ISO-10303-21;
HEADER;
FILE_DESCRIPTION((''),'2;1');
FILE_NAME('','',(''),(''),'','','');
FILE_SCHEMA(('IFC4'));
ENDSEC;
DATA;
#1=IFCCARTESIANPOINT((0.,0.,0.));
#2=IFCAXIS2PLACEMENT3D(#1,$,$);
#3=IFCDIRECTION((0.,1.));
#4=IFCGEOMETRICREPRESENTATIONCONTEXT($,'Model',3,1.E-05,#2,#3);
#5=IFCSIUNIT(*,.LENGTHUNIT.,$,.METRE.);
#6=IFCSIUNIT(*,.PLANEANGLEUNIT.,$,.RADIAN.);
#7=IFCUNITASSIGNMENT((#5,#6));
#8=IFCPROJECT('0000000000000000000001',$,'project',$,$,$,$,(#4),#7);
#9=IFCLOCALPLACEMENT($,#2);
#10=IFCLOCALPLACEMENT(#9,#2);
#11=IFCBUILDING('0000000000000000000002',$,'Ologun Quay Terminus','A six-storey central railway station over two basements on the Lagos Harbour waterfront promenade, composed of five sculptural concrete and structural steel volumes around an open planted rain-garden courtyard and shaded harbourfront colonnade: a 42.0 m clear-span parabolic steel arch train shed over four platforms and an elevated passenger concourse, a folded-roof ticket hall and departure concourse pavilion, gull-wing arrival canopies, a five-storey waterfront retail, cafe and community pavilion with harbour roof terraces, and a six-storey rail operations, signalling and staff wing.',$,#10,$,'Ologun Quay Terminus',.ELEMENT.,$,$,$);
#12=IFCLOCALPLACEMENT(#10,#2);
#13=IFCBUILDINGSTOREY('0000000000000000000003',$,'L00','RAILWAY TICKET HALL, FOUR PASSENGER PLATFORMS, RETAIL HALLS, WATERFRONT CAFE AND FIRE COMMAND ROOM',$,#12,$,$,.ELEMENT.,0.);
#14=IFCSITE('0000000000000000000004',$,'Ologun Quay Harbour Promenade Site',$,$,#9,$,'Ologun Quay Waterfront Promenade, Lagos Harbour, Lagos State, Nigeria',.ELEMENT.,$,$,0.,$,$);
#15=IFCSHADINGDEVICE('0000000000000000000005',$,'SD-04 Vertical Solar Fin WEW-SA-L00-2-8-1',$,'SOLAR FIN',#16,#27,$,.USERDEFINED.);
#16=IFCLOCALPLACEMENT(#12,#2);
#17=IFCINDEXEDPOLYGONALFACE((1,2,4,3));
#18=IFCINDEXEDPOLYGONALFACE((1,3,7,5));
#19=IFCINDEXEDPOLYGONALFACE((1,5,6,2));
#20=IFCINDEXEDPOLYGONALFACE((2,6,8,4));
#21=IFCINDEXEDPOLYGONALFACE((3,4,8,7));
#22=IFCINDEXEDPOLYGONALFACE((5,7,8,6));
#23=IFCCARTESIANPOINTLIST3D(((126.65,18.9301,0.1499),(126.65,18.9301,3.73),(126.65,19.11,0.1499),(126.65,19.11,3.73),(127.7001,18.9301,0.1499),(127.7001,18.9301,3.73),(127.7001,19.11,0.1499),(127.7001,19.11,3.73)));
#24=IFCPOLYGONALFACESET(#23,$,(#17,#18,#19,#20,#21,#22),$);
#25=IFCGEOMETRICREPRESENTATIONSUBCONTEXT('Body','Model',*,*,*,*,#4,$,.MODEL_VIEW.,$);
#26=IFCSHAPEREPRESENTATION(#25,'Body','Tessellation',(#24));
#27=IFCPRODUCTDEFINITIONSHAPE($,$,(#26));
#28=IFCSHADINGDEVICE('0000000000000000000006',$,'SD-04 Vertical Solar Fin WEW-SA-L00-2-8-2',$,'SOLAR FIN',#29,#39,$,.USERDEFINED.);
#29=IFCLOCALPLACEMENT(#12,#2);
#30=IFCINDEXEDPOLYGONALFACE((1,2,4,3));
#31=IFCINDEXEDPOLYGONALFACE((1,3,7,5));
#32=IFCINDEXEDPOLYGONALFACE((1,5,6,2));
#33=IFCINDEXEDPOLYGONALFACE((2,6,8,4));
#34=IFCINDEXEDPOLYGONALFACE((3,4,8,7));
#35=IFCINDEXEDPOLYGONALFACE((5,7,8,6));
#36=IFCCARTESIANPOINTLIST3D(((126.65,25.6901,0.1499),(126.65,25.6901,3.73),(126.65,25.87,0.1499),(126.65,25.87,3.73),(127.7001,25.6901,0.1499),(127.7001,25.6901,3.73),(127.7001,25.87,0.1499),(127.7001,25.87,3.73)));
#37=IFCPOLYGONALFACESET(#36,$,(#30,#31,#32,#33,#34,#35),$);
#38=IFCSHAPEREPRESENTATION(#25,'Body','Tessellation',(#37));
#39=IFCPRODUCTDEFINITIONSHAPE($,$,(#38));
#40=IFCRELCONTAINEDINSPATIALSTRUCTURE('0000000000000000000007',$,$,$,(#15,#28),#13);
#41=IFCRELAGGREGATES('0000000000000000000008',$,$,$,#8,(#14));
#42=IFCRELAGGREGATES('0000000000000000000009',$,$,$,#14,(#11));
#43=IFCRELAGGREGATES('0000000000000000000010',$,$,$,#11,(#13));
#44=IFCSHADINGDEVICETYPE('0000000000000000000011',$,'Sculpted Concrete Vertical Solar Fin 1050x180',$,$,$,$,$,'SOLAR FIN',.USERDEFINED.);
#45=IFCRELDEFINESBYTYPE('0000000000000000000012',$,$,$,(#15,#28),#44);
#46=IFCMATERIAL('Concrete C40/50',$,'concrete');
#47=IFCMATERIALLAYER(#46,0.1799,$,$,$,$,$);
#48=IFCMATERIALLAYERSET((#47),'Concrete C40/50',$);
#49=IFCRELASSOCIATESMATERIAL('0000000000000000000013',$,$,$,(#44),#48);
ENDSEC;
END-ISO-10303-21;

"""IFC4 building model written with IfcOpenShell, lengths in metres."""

from ifc_helpers import new_model, si_unit, direction, frame, origin, origin_2d, place, context, subcontext, project, spatial, rectangle, extrude, material, layer, layer_set, type_object, element, save


model = new_model("IFC4")

# Units and contexts
model_context = context("Model", 3, precision=1e-05, world=origin(), true_north=direction((0.0, 1.0)))
body_context = subcontext(model_context, "Body", "Model", "MODEL_VIEW")
ifc_project = project(units=[si_unit("LENGTHUNIT", "METRE"), si_unit("PLANEANGLEUNIT", "RADIAN")], contexts=[model_context])

# Site, building, storey
site_placement = place(None, origin())
site = spatial("IfcSite", under=ifc_project, at=site_placement, Name="Ologun Quay Harbour Promenade Site", LongName="Ologun Quay Waterfront Promenade, Lagos Harbour, Lagos State, Nigeria", CompositionType="ELEMENT", RefElevation=0.0)
building_placement = place(site_placement, origin())
building = spatial("IfcBuilding", under=site, at=building_placement, Name="Ologun Quay Terminus", Description="A six-storey central railway station over two basements on the Lagos Harbour waterfront promenade, composed of five sculptural concrete and structural steel volumes around an open planted rain-garden courtyard and shaded harbourfront colonnade: a 42.0 m clear-span parabolic steel arch train shed over four platforms and an elevated passenger concourse, a folded-roof ticket hall and departure concourse pavilion, gull-wing arrival canopies, a five-storey waterfront retail, cafe and community pavilion with harbour roof terraces, and a six-storey rail operations, signalling and staff wing.", LongName="Ologun Quay Terminus", CompositionType="ELEMENT")
storey_placement = place(building_placement, origin())
storey = spatial("IfcBuildingStorey", under=building, at=storey_placement, Name="L00", Description="RAILWAY TICKET HALL, FOUR PASSENGER PLATFORMS, RETAIL HALLS, WATERFRONT CAFE AND FIRE COMMAND ROOM", CompositionType="ELEMENT", Elevation=0.0)

# Shading devices
ifc_material_1 = material(Name="Concrete C40/50", Category="concrete")
ifc_layer_1 = layer(ifc_material_1, 0.1799)
ifc_layer_set_1 = layer_set([ifc_layer_1], Name="Concrete C40/50")
shading_device_type = type_object("IfcShadingDeviceType", Name="Sculpted Concrete Vertical Solar Fin 1050x180", ElementType="SOLAR FIN", PredefinedType="USERDEFINED", material=ifc_layer_set_1)
for number, where, z_axis, x_axis, name in (
    (1, (127.175, 19.02, 0.1499), (0.0, 0.0, 1.0), (1.0, 0.0, 0.0), "SD-04 Vertical Solar Fin WEW-SA-L00-2-8-1"),
    (2, (127.175, 25.78, 0.1499), (0.0, 0.0, 1.0), (1.0, 0.0, 0.0), "SD-04 Vertical Solar Fin WEW-SA-L00-2-8-2"),
):
    element("IfcShadingDevice", number, at=place(storey_placement, frame(where, z_axis=z_axis, x_axis=x_axis)), inside=storey, type_object=shading_device_type, Name=name, ObjectType="SOLAR FIN", PredefinedType="USERDEFINED", context=body_context, shape_type="SweptSolid", body=[
        extrude(rectangle(XDim=1.05, YDim=0.1799, at=origin_2d()), origin(), (0.0, 0.0, 1.0), 3.5801),
    ])

save(model, "model.ifc")
